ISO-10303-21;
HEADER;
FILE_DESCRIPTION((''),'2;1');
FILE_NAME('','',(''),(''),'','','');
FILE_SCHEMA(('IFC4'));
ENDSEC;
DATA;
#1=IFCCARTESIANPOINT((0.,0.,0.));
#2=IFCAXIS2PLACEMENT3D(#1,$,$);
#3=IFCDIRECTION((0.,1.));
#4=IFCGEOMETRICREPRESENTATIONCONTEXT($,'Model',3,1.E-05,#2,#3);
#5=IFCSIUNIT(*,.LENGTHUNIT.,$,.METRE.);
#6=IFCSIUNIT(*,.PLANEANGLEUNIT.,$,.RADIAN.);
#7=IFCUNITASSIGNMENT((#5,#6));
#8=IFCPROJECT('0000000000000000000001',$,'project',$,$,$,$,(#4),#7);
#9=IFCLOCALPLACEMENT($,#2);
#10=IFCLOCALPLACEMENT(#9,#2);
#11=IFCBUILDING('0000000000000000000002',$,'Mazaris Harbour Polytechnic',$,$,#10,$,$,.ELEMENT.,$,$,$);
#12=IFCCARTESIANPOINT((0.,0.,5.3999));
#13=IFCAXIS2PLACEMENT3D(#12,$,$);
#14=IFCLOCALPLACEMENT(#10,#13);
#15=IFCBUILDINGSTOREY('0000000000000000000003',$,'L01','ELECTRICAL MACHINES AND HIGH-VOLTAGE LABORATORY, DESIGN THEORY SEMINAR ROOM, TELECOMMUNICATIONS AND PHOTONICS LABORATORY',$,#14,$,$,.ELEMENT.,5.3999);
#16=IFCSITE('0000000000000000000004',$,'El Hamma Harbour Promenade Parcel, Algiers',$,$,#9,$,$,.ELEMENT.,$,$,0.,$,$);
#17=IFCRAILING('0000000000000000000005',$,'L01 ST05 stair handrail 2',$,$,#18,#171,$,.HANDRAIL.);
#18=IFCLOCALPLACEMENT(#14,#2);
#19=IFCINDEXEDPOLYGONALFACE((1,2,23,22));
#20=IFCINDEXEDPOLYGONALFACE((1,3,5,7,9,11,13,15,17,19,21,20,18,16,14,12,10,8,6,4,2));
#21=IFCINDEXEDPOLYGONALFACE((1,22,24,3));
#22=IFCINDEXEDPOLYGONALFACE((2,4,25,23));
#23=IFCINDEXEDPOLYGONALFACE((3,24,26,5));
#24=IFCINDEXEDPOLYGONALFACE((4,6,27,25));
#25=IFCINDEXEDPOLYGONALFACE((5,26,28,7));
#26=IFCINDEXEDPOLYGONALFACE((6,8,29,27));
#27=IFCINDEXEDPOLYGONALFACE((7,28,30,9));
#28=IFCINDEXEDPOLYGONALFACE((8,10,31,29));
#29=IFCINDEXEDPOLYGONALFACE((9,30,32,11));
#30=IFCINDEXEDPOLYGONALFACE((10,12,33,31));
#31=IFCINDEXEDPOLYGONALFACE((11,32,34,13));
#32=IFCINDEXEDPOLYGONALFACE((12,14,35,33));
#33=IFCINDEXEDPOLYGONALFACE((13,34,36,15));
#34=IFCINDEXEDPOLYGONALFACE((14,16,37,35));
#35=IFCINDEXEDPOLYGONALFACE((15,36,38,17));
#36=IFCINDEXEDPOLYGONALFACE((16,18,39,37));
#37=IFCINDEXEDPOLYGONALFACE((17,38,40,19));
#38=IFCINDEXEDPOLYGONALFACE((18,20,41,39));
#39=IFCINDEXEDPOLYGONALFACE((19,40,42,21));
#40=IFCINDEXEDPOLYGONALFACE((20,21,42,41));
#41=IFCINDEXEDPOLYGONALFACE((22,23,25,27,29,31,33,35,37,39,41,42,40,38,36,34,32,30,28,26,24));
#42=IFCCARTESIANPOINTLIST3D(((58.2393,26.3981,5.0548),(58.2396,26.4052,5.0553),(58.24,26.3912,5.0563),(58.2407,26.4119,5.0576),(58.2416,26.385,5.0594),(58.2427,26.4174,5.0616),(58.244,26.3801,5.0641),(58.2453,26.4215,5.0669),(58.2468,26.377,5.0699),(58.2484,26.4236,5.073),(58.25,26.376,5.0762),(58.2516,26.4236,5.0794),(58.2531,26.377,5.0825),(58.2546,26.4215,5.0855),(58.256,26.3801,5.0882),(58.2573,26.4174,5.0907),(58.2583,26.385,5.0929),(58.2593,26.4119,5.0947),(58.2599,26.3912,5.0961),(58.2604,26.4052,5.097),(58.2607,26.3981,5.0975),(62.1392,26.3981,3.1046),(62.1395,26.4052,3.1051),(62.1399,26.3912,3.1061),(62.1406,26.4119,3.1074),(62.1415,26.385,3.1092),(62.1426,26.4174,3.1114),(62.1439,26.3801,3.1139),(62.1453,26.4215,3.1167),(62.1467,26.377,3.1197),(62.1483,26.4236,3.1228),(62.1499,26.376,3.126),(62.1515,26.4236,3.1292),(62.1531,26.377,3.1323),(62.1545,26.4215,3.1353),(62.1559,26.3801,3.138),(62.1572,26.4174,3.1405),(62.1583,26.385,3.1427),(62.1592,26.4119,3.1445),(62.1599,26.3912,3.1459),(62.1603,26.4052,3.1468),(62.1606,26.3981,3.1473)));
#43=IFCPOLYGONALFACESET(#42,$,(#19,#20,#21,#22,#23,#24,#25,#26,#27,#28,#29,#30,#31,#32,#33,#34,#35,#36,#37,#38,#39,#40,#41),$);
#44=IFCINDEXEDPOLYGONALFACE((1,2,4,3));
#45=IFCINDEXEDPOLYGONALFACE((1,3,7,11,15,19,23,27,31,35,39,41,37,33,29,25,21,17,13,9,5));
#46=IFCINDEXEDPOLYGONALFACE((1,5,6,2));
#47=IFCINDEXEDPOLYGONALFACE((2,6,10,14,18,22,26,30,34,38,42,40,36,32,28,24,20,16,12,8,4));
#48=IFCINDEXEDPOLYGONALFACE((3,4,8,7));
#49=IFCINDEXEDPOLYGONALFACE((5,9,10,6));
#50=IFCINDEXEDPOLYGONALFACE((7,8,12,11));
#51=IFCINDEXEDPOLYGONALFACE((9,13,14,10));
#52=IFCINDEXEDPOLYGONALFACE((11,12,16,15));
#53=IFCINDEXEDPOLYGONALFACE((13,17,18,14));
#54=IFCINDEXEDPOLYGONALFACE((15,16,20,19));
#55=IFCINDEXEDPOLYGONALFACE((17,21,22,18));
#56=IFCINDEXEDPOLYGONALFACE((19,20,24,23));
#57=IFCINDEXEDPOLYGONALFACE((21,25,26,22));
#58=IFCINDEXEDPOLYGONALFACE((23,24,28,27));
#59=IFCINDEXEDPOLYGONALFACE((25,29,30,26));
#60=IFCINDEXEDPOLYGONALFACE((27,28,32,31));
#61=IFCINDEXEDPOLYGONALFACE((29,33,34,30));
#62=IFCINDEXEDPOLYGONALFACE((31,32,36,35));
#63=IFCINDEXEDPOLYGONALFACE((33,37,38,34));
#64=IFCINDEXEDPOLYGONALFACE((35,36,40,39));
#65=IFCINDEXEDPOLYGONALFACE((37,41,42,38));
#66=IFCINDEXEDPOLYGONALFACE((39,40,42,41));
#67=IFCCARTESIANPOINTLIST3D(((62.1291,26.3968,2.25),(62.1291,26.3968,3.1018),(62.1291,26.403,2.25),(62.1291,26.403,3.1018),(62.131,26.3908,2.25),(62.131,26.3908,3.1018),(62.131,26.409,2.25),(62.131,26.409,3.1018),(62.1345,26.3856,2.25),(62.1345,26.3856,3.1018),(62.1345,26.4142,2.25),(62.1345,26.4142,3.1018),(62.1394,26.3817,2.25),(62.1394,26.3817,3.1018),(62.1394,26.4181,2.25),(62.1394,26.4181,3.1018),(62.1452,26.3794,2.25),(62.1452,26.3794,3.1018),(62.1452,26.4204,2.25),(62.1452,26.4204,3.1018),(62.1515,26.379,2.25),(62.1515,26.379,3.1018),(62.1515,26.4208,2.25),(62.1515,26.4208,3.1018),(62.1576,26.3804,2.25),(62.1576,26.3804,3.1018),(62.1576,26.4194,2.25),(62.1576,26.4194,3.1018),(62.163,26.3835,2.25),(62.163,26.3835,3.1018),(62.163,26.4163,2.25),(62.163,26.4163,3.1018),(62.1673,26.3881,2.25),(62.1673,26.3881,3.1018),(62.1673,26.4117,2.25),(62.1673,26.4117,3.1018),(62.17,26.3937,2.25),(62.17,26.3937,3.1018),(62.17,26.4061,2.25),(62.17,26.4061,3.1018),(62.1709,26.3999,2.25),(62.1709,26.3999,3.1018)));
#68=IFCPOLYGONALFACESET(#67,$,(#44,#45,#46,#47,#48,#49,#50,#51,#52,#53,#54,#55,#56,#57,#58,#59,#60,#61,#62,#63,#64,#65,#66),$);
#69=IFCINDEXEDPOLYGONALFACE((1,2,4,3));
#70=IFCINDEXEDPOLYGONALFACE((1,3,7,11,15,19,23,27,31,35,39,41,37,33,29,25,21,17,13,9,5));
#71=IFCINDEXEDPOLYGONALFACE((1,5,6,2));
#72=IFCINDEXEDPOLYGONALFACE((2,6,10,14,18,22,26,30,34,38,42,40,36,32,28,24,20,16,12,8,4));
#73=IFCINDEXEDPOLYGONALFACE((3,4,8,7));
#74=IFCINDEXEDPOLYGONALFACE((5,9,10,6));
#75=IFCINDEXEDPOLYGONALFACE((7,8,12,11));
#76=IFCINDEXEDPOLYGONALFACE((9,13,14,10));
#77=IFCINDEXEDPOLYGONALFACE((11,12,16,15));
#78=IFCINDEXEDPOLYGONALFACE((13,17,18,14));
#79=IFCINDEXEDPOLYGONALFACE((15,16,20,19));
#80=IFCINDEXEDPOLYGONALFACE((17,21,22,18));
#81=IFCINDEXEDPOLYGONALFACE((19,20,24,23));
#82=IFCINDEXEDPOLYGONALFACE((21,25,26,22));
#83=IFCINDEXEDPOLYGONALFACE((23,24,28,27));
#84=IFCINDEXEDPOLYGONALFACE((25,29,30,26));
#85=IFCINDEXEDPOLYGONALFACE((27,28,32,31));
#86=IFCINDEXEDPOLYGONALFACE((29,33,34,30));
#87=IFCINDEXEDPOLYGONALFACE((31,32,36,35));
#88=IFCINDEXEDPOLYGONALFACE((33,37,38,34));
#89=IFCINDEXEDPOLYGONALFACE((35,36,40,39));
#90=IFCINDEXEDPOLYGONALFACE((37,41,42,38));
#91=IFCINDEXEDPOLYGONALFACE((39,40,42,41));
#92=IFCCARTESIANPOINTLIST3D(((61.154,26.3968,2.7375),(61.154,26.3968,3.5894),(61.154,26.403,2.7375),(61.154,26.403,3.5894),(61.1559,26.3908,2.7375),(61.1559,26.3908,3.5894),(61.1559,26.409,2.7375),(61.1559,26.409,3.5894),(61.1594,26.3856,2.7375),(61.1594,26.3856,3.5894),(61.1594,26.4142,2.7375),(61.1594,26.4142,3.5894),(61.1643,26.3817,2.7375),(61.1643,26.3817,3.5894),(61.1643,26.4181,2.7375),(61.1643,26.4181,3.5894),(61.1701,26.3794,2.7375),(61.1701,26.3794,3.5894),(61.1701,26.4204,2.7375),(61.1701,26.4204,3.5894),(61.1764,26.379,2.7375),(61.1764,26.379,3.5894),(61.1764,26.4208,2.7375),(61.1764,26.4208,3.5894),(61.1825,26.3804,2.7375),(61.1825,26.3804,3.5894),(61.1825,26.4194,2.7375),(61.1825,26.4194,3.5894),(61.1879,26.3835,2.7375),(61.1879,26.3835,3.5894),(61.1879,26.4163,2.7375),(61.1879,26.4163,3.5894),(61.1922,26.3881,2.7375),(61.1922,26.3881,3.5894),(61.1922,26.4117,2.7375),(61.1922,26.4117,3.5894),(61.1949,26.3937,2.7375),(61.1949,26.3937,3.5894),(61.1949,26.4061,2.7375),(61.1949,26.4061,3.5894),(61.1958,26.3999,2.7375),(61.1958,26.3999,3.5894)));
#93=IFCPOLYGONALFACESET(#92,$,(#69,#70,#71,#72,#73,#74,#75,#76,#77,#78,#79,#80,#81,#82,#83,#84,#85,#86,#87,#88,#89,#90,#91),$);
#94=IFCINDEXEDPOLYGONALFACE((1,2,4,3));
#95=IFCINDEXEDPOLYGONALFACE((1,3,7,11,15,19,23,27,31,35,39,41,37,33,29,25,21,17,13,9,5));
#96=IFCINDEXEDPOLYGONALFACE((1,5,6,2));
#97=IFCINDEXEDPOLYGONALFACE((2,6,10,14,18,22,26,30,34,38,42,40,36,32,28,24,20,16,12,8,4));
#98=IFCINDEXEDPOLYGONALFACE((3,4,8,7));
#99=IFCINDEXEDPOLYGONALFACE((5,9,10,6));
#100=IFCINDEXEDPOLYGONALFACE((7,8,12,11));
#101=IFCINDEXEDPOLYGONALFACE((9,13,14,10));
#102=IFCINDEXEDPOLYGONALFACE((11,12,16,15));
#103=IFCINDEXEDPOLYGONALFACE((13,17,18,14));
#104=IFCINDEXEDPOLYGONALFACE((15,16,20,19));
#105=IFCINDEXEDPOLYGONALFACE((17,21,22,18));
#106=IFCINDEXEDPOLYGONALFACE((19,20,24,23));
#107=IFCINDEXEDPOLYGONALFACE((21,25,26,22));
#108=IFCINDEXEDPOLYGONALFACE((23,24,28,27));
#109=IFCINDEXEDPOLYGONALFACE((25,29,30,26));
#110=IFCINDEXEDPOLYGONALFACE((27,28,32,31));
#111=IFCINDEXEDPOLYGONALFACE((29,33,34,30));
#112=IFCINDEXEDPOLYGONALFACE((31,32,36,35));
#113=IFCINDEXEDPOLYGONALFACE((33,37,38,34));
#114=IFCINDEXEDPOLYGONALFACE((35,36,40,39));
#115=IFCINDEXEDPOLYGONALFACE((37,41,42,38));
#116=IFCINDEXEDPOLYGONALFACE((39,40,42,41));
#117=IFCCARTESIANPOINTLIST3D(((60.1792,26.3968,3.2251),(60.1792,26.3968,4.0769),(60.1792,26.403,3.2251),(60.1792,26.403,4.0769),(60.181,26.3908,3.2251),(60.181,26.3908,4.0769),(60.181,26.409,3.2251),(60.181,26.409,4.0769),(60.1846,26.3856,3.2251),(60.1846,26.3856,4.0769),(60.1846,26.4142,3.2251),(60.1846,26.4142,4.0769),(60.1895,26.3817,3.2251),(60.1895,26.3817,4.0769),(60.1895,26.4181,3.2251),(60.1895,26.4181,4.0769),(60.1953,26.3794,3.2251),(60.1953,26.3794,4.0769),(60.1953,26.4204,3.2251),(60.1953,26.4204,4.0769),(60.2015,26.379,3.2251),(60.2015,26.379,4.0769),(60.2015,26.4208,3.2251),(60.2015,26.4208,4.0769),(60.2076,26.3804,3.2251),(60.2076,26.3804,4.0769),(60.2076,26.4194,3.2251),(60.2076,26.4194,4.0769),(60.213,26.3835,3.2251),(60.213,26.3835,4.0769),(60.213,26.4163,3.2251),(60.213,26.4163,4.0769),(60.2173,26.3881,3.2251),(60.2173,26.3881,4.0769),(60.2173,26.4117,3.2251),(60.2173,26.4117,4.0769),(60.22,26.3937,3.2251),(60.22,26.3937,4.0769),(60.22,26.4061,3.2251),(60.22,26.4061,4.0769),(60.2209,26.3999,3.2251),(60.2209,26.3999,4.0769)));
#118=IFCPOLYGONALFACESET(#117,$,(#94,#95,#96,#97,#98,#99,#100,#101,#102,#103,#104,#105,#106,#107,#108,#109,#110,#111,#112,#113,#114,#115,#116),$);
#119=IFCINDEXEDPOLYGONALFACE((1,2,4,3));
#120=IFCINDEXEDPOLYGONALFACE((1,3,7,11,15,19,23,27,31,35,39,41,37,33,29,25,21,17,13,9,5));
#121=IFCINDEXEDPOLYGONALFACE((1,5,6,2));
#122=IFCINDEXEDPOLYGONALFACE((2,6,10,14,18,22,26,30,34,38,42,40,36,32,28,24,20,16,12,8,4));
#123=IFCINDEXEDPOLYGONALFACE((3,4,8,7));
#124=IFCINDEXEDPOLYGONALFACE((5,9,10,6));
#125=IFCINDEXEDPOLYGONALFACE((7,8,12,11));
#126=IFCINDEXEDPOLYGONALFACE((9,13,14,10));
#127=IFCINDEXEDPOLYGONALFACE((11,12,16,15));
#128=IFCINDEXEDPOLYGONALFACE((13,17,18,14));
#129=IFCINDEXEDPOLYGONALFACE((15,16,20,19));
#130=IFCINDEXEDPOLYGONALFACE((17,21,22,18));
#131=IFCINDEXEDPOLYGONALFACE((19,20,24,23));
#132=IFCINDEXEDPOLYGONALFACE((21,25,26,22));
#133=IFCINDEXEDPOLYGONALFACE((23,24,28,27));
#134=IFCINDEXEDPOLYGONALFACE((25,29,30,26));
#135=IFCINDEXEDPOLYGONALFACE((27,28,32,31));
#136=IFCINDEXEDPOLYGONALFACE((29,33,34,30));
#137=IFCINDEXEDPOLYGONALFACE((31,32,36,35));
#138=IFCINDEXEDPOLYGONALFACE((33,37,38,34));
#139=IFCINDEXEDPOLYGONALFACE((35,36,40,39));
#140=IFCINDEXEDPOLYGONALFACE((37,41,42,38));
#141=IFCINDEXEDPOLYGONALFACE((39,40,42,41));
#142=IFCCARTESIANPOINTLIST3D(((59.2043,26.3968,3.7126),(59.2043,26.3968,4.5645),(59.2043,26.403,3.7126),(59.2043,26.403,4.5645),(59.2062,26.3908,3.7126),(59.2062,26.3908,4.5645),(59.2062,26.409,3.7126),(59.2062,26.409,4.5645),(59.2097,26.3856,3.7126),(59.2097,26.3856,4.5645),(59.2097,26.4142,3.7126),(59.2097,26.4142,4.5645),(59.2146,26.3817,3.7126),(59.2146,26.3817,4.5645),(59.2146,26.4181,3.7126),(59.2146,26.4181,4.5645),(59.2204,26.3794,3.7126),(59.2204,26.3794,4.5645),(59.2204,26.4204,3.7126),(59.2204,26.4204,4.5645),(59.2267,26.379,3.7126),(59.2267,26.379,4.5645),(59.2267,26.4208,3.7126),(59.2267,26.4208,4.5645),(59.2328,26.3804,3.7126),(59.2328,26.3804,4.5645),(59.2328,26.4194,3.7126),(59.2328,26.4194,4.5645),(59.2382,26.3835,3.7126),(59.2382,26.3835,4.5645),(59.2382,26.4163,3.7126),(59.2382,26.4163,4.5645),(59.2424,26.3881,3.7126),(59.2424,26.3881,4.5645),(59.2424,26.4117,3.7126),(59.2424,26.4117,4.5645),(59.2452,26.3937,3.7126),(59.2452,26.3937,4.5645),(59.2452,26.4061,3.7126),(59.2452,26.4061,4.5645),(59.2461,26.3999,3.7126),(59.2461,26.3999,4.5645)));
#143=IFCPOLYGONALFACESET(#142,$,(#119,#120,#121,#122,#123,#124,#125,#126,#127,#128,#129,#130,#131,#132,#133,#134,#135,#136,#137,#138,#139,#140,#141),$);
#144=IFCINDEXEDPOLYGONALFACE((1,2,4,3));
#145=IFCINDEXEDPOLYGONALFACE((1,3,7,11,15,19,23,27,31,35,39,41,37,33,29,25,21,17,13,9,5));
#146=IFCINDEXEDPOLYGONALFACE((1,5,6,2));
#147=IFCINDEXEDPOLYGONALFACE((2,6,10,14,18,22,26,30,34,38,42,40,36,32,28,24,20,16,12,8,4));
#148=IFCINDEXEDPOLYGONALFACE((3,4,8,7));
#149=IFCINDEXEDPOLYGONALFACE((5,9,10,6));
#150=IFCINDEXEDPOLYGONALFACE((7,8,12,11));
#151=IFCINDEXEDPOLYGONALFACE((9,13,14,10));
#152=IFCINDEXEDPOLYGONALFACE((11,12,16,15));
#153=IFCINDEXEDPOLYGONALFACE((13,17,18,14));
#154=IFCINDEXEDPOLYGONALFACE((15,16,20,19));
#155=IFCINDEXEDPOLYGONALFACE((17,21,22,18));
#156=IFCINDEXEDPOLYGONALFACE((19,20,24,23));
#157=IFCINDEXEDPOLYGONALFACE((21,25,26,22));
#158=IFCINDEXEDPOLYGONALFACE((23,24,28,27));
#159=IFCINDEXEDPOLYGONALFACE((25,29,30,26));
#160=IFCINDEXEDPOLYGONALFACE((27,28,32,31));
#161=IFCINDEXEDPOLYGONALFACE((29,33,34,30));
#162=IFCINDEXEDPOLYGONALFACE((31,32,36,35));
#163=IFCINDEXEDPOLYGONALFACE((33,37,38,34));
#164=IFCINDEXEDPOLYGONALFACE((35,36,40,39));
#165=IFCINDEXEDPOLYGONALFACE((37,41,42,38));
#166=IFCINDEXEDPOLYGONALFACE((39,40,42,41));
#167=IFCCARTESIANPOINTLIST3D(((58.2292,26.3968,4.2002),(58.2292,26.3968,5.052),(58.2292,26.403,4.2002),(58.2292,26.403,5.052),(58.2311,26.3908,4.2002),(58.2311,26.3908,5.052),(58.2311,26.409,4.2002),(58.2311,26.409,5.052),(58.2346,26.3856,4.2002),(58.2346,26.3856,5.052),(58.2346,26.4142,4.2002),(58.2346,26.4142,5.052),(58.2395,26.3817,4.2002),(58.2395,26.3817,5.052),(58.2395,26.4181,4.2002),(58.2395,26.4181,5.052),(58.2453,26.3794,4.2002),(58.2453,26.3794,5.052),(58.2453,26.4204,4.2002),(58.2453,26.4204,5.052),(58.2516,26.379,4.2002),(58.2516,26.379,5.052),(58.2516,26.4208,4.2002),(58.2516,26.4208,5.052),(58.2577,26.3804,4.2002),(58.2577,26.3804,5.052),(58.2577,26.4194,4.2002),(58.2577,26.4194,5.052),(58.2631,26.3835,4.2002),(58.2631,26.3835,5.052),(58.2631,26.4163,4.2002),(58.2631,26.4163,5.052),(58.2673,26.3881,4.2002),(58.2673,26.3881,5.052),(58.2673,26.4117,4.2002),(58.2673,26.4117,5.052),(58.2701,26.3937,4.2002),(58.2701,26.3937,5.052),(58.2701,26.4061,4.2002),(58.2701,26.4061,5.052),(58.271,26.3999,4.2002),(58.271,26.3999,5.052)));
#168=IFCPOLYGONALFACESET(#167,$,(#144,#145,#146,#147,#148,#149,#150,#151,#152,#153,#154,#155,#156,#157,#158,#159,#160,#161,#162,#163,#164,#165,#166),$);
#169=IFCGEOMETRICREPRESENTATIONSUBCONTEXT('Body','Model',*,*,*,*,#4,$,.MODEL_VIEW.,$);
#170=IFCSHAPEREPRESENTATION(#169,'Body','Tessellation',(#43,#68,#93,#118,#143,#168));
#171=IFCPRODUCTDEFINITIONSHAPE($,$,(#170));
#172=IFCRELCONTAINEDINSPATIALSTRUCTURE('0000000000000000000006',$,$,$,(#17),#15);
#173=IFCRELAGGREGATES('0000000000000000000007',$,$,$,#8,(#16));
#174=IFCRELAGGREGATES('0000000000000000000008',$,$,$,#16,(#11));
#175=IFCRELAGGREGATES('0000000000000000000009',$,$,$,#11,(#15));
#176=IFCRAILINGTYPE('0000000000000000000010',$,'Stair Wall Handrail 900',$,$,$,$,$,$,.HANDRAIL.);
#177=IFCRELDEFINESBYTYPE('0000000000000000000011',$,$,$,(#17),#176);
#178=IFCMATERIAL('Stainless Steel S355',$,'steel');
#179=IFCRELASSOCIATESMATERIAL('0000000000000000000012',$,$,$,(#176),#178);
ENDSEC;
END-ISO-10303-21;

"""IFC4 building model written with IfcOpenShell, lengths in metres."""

from ifc_helpers import new_model, si_unit, direction, frame, origin, origin_2d, place, context, subcontext, project, spatial, circle, extrude, material, type_object, element, save


model = new_model("IFC4")

# Units and contexts
model_context = context("Model", 3, precision=1e-05, world=origin(), true_north=direction((0.0, 1.0)))
body_context = subcontext(model_context, "Body", "Model", "MODEL_VIEW")
ifc_project = project(units=[si_unit("LENGTHUNIT", "METRE"), si_unit("PLANEANGLEUNIT", "RADIAN")], contexts=[model_context])

# Site, building, storey
site_placement = place(None, origin())
site = spatial("IfcSite", under=ifc_project, at=site_placement, Name="El Hamma Harbour Promenade Parcel, Algiers", CompositionType="ELEMENT", RefElevation=0.0)
building_placement = place(site_placement, origin())
building = spatial("IfcBuilding", under=site, at=building_placement, Name="Mazaris Harbour Polytechnic", CompositionType="ELEMENT")
storey_placement = place(building_placement, frame((0.0, 0.0, 5.3999)))
storey = spatial("IfcBuildingStorey", under=building, at=storey_placement, Name="L01", Description="ELECTRICAL MACHINES AND HIGH-VOLTAGE LABORATORY, DESIGN THEORY SEMINAR ROOM, TELECOMMUNICATIONS AND PHOTONICS LABORATORY", CompositionType="ELEMENT", Elevation=5.3999)

# Railing
ifc_material_1 = material(Name="Stainless Steel S355", Category="steel")
railing_type_1 = type_object("IfcRailingType", Name="Stair Wall Handrail 900", PredefinedType="HANDRAIL", material=ifc_material_1)
railing_1_placement = place(storey_placement, frame((62.1499, 26.3999, 2.25)))
element("IfcRailing", 1, at=railing_1_placement, inside=storey, type_object=railing_type_1, Name="L01 ST05 stair handrail 2", PredefinedType="HANDRAIL", context=body_context, shape_type="SweptSolid", body=[
    extrude(circle(Radius=0.0239, at=origin_2d()), frame((0.0, 0.0, 0.876), z_axis=(-0.894405, 0.0, 0.447258), x_axis=(0.0, -1.0, 0.0)), (0.0, 0.0, 1.0), 4.3604),
    extrude(circle(Radius=0.021, at=origin_2d()), origin(), (0.0, 0.0, 1.0), 0.8518),
    extrude(circle(Radius=0.021, at=origin_2d()), frame((-0.9751, 0.0, 0.4875)), (0.0, 0.0, 1.0), 0.8518),
    extrude(circle(Radius=0.021, at=origin_2d()), frame((-1.95, 0.0, 0.9751)), (0.0, 0.0, 1.0), 0.8518),
    extrude(circle(Radius=0.021, at=origin_2d()), frame((-2.9248, 0.0, 1.4626)), (0.0, 0.0, 1.0), 0.8518),
    extrude(circle(Radius=0.021, at=origin_2d()), frame((-3.8999, 0.0, 1.9502)), (0.0, 0.0, 1.0), 0.8518),
])

save(model, "model.ifc")
